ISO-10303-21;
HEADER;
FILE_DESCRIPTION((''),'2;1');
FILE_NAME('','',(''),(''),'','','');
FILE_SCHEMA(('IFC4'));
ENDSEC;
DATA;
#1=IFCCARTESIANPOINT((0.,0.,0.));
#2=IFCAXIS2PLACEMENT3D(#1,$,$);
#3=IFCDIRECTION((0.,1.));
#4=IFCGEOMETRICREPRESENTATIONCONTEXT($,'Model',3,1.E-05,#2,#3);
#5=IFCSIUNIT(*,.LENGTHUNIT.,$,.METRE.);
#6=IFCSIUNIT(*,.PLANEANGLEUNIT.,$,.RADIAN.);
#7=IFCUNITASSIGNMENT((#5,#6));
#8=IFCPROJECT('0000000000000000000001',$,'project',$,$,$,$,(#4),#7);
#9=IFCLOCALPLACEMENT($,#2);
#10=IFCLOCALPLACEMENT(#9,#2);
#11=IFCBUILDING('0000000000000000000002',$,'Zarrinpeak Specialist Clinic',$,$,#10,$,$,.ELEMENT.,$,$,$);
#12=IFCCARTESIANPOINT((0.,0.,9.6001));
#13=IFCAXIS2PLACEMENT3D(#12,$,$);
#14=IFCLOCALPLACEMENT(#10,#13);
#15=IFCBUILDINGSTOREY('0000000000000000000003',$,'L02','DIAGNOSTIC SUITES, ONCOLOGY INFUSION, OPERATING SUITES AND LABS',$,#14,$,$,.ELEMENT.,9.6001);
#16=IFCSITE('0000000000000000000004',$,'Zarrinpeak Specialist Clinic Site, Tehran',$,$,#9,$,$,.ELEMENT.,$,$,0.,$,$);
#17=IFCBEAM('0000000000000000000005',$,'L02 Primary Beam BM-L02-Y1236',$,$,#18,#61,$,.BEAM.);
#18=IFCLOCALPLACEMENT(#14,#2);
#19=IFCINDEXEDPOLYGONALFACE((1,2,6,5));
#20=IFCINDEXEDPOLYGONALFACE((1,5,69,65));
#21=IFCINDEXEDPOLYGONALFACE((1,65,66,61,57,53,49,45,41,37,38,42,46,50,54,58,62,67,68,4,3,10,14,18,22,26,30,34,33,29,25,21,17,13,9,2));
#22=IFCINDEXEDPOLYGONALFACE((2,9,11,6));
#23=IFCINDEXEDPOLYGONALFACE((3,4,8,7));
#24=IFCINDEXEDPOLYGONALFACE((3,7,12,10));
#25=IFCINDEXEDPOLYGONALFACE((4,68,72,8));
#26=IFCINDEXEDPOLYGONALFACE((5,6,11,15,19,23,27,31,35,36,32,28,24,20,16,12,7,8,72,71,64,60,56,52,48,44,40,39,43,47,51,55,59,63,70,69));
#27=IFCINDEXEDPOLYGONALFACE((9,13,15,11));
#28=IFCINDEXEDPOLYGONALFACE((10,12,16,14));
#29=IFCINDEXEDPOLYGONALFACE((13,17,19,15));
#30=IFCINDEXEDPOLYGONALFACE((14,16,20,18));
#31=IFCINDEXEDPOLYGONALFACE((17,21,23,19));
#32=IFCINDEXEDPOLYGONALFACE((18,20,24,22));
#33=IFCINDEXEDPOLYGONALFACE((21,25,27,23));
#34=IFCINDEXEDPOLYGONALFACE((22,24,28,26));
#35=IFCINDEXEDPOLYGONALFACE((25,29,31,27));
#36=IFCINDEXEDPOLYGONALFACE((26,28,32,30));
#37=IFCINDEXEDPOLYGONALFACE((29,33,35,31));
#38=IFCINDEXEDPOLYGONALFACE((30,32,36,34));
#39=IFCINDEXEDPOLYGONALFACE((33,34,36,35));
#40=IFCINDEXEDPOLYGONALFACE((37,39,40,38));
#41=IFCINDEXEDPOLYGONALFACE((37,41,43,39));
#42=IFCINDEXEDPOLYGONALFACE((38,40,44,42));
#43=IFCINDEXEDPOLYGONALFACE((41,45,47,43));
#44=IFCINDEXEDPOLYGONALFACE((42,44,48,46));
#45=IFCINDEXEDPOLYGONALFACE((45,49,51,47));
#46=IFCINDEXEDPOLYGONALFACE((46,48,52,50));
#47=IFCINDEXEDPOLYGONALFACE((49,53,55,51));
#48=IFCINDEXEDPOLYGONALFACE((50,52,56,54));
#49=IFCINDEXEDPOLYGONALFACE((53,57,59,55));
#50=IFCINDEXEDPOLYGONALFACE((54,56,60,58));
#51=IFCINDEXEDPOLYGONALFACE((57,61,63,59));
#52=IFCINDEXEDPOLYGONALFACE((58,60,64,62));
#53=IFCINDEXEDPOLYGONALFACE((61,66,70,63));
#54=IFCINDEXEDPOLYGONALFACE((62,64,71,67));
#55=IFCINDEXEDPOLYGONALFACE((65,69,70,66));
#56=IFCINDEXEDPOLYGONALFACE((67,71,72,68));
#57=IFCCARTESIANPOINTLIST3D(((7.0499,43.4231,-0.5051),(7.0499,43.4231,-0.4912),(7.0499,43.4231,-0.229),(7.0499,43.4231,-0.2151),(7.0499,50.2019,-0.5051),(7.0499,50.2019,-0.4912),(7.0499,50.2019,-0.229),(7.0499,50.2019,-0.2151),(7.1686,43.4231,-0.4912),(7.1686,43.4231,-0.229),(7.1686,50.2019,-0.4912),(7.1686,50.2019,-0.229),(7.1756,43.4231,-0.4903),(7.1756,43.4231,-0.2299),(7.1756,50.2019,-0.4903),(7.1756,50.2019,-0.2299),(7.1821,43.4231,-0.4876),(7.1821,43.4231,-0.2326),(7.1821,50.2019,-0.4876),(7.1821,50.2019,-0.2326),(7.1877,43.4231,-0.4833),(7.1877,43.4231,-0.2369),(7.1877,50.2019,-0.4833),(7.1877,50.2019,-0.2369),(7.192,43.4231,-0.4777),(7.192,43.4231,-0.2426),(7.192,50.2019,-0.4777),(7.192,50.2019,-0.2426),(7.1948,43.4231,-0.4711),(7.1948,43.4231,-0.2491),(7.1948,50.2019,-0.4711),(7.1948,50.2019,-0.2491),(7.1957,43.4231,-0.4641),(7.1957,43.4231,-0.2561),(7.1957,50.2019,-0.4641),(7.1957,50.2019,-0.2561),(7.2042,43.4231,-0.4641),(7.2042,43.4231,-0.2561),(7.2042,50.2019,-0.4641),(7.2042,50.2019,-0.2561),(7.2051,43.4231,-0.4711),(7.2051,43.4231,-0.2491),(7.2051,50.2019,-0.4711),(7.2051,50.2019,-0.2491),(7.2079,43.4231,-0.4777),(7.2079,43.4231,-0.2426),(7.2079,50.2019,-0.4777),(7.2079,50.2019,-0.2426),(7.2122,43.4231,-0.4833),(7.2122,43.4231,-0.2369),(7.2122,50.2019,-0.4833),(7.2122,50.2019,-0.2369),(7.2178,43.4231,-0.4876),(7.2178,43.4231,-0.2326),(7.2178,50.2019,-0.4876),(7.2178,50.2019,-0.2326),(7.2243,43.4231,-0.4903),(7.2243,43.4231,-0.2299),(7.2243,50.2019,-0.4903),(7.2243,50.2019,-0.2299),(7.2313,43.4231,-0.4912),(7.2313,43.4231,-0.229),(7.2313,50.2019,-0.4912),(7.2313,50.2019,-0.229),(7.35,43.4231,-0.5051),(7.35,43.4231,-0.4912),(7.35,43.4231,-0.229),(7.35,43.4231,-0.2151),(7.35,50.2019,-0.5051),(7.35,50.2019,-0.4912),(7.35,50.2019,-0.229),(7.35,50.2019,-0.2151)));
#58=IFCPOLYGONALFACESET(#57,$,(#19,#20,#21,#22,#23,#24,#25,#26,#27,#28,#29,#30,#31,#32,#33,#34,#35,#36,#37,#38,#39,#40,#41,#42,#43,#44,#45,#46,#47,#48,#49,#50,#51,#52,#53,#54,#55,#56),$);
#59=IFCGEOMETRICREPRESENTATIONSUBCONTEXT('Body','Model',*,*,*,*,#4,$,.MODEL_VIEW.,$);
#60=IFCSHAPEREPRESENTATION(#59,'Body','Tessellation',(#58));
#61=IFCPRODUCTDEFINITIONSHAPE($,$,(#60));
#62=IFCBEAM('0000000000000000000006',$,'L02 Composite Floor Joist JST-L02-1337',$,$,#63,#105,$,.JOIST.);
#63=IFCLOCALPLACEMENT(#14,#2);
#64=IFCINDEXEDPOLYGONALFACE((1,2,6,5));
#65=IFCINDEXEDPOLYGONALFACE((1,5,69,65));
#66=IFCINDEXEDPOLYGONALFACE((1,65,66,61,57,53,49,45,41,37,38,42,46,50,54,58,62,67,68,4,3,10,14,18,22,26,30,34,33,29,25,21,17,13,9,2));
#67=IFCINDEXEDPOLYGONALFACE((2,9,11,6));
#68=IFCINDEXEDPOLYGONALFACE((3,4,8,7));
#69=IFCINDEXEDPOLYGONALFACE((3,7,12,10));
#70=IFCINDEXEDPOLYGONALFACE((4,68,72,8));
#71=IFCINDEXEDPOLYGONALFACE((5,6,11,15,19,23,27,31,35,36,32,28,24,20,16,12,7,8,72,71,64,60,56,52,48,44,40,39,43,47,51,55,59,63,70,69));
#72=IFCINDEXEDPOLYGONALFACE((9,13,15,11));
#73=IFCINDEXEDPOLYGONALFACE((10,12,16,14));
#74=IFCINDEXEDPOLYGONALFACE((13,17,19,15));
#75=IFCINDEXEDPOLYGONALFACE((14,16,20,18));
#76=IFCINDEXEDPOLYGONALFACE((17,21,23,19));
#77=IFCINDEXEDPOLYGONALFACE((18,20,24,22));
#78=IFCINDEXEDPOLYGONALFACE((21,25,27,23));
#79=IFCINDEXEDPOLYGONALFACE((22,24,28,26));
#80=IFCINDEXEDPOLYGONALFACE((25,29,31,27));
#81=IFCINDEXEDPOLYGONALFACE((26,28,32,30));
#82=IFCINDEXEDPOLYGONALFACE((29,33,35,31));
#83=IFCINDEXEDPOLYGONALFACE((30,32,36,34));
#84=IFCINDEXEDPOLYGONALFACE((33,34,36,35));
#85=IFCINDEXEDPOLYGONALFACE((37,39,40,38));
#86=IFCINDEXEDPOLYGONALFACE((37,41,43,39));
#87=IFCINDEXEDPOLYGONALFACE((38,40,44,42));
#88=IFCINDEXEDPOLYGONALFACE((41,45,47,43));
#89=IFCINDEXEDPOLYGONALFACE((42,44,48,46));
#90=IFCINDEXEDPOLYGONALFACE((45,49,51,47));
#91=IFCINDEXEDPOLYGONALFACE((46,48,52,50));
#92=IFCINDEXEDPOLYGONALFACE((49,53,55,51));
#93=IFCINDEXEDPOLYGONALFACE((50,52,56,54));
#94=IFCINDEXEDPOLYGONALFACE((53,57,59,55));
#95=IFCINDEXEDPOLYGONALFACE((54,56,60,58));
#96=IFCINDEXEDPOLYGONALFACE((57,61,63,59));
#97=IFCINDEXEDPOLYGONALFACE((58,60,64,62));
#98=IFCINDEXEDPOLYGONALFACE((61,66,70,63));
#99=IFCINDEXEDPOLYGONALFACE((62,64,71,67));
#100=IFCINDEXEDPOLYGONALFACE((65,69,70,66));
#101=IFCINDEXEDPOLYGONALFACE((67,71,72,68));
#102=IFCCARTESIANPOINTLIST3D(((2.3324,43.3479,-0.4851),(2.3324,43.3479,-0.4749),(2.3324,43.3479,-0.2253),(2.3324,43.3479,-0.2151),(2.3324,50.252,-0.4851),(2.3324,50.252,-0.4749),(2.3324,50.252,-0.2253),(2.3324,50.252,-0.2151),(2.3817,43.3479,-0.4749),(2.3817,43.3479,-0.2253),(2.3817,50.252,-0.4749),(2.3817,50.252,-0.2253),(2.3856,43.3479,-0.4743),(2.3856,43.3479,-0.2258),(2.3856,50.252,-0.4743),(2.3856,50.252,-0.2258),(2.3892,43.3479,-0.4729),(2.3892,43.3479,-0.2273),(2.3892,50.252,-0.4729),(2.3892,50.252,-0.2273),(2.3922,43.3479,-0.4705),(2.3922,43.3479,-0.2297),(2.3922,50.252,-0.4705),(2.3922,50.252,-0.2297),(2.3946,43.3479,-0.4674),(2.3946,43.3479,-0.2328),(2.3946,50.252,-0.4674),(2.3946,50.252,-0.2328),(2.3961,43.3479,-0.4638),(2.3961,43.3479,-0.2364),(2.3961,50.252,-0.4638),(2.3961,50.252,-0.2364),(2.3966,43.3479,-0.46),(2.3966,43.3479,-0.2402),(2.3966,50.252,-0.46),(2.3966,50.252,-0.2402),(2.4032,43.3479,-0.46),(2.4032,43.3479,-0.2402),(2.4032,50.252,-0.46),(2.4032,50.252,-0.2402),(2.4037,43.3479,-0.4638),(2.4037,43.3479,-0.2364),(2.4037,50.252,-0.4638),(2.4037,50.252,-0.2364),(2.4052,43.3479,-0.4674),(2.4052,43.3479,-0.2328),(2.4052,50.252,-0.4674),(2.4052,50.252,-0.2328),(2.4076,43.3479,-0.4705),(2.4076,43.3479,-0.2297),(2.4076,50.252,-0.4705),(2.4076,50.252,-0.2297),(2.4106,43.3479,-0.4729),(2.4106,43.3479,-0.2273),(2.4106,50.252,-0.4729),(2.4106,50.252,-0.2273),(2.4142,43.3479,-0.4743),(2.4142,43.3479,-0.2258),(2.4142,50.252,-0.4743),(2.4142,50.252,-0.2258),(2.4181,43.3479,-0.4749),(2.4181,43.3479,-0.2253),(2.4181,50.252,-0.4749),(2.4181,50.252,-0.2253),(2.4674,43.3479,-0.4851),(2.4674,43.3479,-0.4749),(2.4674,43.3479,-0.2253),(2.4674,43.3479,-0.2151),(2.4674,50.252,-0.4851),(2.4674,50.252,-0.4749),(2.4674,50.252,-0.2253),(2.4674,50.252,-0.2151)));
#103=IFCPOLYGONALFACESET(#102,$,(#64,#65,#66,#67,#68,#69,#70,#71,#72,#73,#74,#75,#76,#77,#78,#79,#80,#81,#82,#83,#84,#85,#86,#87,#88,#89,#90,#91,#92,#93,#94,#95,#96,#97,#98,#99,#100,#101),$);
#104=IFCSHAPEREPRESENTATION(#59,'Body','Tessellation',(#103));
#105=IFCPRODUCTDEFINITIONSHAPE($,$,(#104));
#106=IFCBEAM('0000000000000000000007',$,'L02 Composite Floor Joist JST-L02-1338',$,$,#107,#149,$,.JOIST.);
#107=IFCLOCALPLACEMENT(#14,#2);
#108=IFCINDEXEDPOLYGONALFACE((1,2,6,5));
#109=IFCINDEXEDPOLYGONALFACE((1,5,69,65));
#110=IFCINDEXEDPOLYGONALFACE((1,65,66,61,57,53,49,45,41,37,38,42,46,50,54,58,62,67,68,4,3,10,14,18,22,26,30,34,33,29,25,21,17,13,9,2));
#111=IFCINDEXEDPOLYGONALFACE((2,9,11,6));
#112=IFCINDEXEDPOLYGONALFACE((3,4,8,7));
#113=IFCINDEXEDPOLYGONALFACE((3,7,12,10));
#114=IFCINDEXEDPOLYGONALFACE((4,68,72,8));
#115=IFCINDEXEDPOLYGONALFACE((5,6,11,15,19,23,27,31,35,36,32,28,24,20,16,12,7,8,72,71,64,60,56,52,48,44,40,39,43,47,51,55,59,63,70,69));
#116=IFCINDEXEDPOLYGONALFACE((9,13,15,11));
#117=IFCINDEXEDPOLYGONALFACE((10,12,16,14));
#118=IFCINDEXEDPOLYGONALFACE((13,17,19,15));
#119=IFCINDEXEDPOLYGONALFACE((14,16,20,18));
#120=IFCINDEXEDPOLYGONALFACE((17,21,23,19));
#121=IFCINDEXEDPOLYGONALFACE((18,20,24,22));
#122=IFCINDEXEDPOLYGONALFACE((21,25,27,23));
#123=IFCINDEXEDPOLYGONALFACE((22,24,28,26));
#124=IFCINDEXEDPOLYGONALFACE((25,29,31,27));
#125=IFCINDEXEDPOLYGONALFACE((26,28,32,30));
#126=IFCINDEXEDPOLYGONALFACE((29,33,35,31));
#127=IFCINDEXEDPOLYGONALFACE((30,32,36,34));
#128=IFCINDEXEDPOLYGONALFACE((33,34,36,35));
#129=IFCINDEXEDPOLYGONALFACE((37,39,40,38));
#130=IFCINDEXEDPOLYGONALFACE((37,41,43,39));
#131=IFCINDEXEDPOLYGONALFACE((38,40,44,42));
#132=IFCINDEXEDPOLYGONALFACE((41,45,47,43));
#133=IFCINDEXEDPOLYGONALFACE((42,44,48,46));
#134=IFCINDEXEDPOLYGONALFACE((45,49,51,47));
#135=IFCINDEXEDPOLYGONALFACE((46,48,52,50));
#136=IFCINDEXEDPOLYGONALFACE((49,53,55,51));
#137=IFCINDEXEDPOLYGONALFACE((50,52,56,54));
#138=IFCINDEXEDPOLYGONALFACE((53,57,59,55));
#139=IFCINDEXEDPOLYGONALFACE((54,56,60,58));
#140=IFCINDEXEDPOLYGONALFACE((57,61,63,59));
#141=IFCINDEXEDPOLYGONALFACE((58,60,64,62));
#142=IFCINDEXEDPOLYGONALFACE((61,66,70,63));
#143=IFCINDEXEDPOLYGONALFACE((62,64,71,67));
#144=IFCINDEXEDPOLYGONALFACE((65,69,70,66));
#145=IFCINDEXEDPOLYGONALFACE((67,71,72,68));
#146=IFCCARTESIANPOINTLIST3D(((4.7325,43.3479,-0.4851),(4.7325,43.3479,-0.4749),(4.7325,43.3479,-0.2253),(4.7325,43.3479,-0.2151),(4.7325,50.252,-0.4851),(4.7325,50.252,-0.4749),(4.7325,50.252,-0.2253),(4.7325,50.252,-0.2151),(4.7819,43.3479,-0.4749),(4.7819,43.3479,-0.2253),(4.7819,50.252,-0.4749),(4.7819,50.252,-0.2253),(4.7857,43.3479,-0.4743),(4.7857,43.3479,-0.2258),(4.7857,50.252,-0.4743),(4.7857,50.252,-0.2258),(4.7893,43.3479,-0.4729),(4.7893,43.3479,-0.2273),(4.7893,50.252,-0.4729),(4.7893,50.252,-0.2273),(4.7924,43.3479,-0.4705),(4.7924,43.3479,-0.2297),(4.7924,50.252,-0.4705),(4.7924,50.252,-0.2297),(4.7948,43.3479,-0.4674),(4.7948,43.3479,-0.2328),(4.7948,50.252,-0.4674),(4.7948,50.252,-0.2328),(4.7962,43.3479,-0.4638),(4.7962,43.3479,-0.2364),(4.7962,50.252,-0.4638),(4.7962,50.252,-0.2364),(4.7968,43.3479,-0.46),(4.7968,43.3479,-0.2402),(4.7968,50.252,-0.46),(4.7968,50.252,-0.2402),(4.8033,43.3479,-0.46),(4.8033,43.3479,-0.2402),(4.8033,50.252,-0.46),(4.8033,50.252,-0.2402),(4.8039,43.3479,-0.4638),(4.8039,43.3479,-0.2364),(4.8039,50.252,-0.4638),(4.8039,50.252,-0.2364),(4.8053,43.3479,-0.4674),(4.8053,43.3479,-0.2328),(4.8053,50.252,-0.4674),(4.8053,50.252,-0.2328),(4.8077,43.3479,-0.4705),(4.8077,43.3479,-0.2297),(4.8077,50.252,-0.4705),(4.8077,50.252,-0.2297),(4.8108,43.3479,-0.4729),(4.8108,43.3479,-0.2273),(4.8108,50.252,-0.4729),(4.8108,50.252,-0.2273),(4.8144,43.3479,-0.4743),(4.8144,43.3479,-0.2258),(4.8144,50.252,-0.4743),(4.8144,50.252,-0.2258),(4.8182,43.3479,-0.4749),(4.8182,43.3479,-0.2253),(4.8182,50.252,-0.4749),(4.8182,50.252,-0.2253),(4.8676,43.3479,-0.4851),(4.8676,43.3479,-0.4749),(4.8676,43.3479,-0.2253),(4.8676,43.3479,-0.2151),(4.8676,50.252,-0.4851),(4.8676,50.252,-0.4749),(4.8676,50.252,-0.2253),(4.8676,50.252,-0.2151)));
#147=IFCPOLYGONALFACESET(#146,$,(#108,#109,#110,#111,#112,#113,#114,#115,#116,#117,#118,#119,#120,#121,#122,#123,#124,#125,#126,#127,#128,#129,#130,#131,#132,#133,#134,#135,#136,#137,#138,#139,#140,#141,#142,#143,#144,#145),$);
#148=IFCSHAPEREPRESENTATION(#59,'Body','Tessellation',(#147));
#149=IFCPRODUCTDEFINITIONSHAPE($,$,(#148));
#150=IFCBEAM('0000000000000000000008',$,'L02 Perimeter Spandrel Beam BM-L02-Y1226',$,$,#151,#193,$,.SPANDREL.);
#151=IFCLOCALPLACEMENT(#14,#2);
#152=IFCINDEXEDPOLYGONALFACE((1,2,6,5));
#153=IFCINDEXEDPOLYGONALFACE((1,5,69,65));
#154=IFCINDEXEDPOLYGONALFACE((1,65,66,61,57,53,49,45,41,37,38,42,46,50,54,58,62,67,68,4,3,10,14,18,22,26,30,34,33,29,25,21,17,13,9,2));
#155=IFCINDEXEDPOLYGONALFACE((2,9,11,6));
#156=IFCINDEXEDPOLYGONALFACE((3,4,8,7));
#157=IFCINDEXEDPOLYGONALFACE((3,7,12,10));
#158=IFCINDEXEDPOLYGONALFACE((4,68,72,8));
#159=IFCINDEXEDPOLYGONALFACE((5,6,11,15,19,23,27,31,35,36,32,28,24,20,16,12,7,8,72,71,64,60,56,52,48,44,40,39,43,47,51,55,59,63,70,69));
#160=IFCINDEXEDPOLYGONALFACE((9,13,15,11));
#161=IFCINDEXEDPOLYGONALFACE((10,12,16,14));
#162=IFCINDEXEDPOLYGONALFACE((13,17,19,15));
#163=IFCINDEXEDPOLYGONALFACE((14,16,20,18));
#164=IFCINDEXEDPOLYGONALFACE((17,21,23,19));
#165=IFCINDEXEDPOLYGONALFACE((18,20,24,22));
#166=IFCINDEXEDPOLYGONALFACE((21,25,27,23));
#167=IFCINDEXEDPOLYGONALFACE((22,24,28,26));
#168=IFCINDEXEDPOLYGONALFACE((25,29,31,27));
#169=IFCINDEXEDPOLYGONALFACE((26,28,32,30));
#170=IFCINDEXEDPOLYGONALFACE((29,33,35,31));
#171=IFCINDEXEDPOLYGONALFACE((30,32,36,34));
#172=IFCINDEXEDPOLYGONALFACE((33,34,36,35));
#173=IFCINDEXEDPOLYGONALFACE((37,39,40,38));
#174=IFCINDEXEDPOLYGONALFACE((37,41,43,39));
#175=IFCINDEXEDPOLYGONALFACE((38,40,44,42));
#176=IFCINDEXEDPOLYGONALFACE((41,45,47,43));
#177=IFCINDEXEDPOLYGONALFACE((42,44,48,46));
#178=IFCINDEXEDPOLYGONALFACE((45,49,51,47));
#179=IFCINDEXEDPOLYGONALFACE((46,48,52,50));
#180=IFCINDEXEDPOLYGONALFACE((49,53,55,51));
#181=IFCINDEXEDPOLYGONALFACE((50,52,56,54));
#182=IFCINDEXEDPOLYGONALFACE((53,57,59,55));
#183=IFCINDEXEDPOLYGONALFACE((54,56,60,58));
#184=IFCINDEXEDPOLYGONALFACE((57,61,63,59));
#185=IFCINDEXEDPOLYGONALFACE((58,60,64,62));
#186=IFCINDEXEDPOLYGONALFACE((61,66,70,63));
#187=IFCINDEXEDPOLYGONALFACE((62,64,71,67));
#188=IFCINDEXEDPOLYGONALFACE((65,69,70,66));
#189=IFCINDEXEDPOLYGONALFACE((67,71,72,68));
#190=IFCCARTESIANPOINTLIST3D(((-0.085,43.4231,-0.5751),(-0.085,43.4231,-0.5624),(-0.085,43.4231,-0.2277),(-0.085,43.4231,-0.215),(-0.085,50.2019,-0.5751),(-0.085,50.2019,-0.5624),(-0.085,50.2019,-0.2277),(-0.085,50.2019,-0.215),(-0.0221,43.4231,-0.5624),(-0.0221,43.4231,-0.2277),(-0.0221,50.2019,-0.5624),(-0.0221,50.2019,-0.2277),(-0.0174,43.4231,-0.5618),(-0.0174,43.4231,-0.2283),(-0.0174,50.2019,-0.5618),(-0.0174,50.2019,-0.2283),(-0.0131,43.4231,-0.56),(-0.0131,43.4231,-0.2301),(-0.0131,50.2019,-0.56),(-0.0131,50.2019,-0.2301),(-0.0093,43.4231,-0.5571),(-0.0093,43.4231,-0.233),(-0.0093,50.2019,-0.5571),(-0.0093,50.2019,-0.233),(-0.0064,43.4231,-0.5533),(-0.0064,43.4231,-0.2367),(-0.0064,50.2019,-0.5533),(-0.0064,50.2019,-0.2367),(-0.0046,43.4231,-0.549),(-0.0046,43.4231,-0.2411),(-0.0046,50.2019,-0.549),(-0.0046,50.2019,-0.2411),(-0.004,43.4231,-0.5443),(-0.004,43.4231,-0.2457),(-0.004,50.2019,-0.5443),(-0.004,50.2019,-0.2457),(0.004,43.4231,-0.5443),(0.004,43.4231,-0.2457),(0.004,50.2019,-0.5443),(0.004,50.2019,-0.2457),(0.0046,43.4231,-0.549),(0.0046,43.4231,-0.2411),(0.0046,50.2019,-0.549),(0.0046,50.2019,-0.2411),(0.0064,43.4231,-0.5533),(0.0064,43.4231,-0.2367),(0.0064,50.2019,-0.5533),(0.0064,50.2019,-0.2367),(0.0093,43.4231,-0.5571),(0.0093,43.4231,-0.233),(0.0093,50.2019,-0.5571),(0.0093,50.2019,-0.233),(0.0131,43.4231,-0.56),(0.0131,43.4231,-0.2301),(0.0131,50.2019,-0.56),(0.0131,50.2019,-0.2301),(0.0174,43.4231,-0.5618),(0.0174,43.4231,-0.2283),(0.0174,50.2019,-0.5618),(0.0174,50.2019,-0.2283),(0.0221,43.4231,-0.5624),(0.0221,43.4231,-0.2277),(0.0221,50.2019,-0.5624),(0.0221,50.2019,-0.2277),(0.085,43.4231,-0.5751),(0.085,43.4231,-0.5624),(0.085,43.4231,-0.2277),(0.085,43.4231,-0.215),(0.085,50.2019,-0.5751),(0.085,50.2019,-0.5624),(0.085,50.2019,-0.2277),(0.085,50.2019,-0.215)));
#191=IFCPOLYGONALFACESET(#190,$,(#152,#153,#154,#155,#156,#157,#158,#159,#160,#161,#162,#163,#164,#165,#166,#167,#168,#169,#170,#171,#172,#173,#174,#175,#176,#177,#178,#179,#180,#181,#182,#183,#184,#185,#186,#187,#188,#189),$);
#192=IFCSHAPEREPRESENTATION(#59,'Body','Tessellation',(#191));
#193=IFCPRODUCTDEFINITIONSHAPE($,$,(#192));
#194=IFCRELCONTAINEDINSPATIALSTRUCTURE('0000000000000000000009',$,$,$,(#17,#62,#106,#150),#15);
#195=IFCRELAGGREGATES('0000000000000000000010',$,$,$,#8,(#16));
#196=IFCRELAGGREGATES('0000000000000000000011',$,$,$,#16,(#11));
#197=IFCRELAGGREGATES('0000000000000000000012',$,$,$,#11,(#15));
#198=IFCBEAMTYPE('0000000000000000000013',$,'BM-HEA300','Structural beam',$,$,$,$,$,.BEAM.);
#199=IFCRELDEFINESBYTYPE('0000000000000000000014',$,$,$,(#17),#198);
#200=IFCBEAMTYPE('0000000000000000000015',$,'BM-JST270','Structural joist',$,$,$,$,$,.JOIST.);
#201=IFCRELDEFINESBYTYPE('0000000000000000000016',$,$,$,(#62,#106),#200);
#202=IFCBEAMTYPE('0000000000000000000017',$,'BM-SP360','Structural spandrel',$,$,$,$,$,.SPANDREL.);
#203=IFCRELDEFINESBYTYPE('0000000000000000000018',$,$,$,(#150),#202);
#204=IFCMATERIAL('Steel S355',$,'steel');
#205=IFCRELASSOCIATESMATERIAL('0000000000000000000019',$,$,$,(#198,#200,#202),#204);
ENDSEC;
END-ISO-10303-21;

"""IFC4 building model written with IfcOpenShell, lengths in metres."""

from ifc_helpers import new_model, si_unit, direction, frame, origin, origin_2d, place, context, subcontext, project, spatial, i_section, extrude, material, material_profile, profile_set, type_object, element, save


model = new_model("IFC4")

# Units and contexts
model_context = context("Model", 3, precision=1e-05, world=origin(), true_north=direction((0.0, 1.0)))
body_context = subcontext(model_context, "Body", "Model", "MODEL_VIEW")
ifc_project = project(units=[si_unit("LENGTHUNIT", "METRE"), si_unit("PLANEANGLEUNIT", "RADIAN")], contexts=[model_context])

# Site, building, storey
site_placement = place(None, origin())
site = spatial("IfcSite", under=ifc_project, at=site_placement, Name="Zarrinpeak Specialist Clinic Site, Tehran", CompositionType="ELEMENT", RefElevation=0.0)
building_placement = place(site_placement, origin())
building = spatial("IfcBuilding", under=site, at=building_placement, Name="Zarrinpeak Specialist Clinic", CompositionType="ELEMENT")
storey_placement = place(building_placement, frame((0.0, 0.0, 9.6001)))
storey = spatial("IfcBuildingStorey", under=building, at=storey_placement, Name="L02", Description="DIAGNOSTIC SUITES, ONCOLOGY INFUSION, OPERATING SUITES AND LABS", CompositionType="ELEMENT", Elevation=9.6001)

# Shared definitions
ifc_material_1 = material(Name="Steel S355", Category="steel")

# Beams
ifc_material_profile_1 = material_profile(ifc_material_1, i_section(OverallWidth=0.3, OverallDepth=0.29, WebThickness=0.0085, FlangeThickness=0.0139, FilletRadius=0.0271, at=origin_2d()), Name="HEA 300")
ifc_profile_set_1 = profile_set([ifc_material_profile_1], Name="Steel S355")
beam_type_1 = type_object("IfcBeamType", Name="BM-HEA300", Description="Structural beam", PredefinedType="BEAM", material=ifc_profile_set_1)
beam_1_placement = place(storey_placement, frame((7.2, 43.4231, -0.3601), z_axis=(0.0, 1.0, 0.0), x_axis=(-1.0, 0.0, 0.0)))
element("IfcBeam", 1, at=beam_1_placement, inside=storey, type_object=beam_type_1, Name="L02 Primary Beam BM-L02-Y1236", PredefinedType="BEAM", context=body_context, shape_type="SweptSolid", body=[
    extrude(i_section(OverallWidth=0.3, OverallDepth=0.29, WebThickness=0.0085, FlangeThickness=0.0139, FilletRadius=0.0271, at=origin_2d()), origin(), (0.0, 0.0, 1.0), 6.7788),
])
ifc_material_profile_2 = material_profile(ifc_material_1, i_section(OverallWidth=0.135, OverallDepth=0.27, WebThickness=0.0066, FlangeThickness=0.0103, FilletRadius=0.0149, at=origin_2d()), Name="IPE 270")
ifc_profile_set_2 = profile_set([ifc_material_profile_2], Name="Steel S355")
beam_type_2 = type_object("IfcBeamType", Name="BM-JST270", Description="Structural joist", PredefinedType="JOIST", material=ifc_profile_set_2)
for number, where, z_axis, x_axis, name in (
    (2, (2.3999, 43.3479, -0.3501), (0.0, 1.0, 0.0), (-1.0, 0.0, 0.0), "L02 Composite Floor Joist JST-L02-1337"),
    (3, (4.8, 43.3479, -0.3501), (0.0, 1.0, 0.0), (-1.0, 0.0, 0.0), "L02 Composite Floor Joist JST-L02-1338"),
):
    element("IfcBeam", number, at=place(storey_placement, frame(where, z_axis=z_axis, x_axis=x_axis)), inside=storey, type_object=beam_type_2, Name=name, PredefinedType="JOIST", context=body_context, shape_type="SweptSolid", body=[
        extrude(i_section(OverallWidth=0.135, OverallDepth=0.27, WebThickness=0.0066, FlangeThickness=0.0103, FilletRadius=0.0149, at=origin_2d()), origin(), (0.0, 0.0, 1.0), 6.9041),
    ])
ifc_material_profile_3 = material_profile(ifc_material_1, i_section(OverallWidth=0.1699, OverallDepth=0.3601, WebThickness=0.0081, FlangeThickness=0.0127, FilletRadius=0.0181, at=origin_2d()), Name="IPE 360")
ifc_profile_set_3 = profile_set([ifc_material_profile_3], Name="Steel S355")
beam_type_3 = type_object("IfcBeamType", Name="BM-SP360", Description="Structural spandrel", PredefinedType="SPANDREL", material=ifc_profile_set_3)
beam_2_placement = place(storey_placement, frame((0.0, 43.4231, -0.395), z_axis=(0.0, 1.0, 0.0), x_axis=(-1.0, 0.0, 0.0)))
element("IfcBeam", 4, at=beam_2_placement, inside=storey, type_object=beam_type_3, Name="L02 Perimeter Spandrel Beam BM-L02-Y1226", PredefinedType="SPANDREL", context=body_context, shape_type="SweptSolid", body=[
    extrude(i_section(OverallWidth=0.1699, OverallDepth=0.3601, WebThickness=0.0081, FlangeThickness=0.0127, FilletRadius=0.0181, at=origin_2d()), origin(), (0.0, 0.0, 1.0), 6.7788),
])

save(model, "model.ifc")
